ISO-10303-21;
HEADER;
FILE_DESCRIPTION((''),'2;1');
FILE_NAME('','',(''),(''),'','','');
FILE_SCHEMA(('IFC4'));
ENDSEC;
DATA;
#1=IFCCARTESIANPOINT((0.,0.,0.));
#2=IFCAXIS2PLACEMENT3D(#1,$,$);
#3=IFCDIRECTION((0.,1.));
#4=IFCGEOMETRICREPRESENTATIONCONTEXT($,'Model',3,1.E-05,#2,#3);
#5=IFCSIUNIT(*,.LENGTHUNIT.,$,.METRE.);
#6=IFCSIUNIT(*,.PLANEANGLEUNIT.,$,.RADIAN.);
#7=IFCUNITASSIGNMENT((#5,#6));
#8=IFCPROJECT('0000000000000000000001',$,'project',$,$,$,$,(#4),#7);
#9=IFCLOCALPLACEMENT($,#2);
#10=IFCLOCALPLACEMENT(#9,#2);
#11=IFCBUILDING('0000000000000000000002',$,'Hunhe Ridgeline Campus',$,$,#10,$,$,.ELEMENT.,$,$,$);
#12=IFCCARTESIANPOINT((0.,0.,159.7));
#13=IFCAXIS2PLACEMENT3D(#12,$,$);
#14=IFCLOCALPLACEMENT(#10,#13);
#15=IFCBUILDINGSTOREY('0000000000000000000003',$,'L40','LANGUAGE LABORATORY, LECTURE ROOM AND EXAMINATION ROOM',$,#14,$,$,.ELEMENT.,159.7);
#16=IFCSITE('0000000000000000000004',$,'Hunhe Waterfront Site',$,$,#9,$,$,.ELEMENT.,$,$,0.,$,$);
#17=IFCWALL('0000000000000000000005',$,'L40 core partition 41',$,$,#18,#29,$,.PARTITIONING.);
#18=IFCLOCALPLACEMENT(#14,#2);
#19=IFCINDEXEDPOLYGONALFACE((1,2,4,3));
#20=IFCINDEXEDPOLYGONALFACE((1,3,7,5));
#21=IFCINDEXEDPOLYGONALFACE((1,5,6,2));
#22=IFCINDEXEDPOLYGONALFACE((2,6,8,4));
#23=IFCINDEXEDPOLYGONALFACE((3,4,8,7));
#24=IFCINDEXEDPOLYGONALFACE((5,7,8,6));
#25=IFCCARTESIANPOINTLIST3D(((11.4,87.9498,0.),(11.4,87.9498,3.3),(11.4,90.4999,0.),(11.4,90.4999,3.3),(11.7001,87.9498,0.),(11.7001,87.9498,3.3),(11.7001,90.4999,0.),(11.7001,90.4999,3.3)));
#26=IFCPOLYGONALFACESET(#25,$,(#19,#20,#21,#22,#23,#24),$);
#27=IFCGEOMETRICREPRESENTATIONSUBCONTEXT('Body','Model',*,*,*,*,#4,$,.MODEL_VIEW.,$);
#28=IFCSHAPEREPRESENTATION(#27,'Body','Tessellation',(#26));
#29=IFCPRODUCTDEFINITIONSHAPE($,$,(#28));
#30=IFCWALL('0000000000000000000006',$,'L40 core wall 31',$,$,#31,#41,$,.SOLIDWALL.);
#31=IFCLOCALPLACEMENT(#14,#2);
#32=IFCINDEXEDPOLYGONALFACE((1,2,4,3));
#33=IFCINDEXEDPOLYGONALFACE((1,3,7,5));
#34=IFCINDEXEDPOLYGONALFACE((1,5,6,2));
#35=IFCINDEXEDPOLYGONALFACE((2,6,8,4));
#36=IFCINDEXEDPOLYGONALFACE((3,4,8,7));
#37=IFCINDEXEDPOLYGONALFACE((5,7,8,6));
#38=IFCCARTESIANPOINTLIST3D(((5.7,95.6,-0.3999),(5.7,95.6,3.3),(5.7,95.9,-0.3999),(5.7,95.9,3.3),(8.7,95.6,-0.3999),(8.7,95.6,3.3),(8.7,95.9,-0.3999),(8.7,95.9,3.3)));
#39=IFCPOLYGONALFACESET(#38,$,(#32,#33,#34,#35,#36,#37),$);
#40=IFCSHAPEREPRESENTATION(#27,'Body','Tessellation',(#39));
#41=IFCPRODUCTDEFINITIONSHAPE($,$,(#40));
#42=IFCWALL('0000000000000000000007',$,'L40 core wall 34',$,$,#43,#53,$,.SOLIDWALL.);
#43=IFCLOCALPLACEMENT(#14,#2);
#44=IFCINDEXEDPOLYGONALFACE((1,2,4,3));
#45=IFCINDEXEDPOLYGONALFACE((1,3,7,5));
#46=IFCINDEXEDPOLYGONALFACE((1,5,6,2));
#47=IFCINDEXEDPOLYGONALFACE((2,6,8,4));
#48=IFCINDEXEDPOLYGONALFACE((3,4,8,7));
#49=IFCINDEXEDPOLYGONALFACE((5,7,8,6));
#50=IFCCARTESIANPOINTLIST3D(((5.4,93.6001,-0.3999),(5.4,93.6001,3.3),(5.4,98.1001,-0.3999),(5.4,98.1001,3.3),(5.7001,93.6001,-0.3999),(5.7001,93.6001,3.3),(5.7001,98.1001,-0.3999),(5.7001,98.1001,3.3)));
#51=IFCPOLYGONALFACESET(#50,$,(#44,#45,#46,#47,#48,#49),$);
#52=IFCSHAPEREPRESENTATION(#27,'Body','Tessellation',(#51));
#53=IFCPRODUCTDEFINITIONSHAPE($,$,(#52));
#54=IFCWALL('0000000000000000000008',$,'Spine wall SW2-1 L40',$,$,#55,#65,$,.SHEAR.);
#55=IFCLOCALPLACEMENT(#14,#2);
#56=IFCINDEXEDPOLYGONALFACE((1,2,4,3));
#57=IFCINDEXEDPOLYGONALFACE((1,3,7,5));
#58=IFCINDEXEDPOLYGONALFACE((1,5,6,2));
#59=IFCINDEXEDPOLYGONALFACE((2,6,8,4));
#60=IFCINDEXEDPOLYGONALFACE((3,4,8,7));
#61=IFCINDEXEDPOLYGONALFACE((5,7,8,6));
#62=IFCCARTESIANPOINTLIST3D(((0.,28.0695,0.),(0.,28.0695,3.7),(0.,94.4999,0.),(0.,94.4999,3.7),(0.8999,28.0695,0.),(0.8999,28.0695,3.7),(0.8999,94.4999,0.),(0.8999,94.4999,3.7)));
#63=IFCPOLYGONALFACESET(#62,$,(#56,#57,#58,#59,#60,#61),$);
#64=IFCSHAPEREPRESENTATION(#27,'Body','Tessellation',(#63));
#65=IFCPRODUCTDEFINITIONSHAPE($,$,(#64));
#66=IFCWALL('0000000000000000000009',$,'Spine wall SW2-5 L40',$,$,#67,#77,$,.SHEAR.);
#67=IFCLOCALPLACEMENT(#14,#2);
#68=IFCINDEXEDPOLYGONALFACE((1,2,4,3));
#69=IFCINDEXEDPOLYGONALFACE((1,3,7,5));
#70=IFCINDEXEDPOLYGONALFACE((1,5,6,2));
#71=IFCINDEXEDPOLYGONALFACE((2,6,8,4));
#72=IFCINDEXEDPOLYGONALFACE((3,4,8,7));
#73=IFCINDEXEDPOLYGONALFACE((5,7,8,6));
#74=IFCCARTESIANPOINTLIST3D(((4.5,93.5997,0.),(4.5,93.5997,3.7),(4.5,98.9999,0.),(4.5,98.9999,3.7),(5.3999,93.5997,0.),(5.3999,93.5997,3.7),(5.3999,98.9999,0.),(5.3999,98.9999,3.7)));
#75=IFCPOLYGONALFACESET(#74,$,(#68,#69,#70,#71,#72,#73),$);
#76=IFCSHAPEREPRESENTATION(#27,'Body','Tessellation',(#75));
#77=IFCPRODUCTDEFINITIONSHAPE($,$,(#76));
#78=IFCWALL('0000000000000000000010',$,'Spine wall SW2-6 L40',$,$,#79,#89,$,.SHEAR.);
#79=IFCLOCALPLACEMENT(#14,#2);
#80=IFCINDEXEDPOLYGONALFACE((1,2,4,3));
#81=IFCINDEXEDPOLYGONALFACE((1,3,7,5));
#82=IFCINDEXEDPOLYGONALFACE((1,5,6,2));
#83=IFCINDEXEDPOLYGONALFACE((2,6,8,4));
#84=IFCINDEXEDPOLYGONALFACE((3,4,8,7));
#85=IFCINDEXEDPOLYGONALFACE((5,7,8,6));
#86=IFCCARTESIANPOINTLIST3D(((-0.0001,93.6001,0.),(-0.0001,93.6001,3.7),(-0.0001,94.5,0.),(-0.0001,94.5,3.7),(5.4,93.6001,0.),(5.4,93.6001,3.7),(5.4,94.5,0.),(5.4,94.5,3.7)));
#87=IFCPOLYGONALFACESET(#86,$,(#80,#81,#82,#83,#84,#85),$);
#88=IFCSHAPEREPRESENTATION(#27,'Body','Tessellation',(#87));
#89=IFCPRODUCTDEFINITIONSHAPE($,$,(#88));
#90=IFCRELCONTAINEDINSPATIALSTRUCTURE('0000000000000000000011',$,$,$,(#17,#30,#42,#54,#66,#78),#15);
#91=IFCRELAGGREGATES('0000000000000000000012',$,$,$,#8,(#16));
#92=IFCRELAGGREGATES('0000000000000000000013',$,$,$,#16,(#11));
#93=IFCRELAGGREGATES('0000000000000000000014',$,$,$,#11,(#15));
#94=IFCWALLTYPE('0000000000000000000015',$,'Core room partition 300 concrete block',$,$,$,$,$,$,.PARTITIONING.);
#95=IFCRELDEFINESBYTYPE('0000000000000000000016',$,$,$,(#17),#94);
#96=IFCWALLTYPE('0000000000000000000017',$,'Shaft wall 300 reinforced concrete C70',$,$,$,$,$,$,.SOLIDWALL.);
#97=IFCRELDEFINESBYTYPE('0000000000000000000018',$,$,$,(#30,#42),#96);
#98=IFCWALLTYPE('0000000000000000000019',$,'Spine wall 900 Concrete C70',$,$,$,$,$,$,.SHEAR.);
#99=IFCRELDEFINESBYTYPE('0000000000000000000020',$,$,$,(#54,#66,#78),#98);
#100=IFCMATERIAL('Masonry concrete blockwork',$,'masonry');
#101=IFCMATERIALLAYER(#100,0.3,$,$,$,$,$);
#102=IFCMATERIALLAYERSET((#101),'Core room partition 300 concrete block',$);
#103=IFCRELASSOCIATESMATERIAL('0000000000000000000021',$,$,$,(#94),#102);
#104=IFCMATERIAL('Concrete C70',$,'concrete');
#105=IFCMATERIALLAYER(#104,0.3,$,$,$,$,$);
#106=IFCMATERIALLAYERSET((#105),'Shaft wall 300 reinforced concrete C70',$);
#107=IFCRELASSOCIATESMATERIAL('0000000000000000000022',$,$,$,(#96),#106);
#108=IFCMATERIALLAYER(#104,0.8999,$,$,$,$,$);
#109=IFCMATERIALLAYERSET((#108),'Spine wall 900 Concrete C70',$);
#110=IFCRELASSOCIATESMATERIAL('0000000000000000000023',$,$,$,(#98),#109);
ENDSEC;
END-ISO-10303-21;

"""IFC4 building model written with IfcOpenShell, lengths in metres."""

from ifc_helpers import new_model, si_unit, direction, frame, frame_2d, origin, place, context, subcontext, project, spatial, rectangle, extrude, material, layer, layer_set, type_object, element, save


model = new_model("IFC4")

# Units and contexts
model_context = context("Model", 3, precision=1e-05, world=origin(), true_north=direction((0.0, 1.0)))
body_context = subcontext(model_context, "Body", "Model", "MODEL_VIEW")
ifc_project = project(units=[si_unit("LENGTHUNIT", "METRE"), si_unit("PLANEANGLEUNIT", "RADIAN")], contexts=[model_context])

# Site, building, storey
site_placement = place(None, origin())
site = spatial("IfcSite", under=ifc_project, at=site_placement, Name="Hunhe Waterfront Site", CompositionType="ELEMENT", RefElevation=0.0)
building_placement = place(site_placement, origin())
building = spatial("IfcBuilding", under=site, at=building_placement, Name="Hunhe Ridgeline Campus", CompositionType="ELEMENT")
storey_placement = place(building_placement, frame((0.0, 0.0, 159.7)))
storey = spatial("IfcBuildingStorey", under=building, at=storey_placement, Name="L40", Description="LANGUAGE LABORATORY, LECTURE ROOM AND EXAMINATION ROOM", CompositionType="ELEMENT", Elevation=159.7)

# Wall
ifc_material_1 = material(Name="Masonry concrete blockwork", Category="masonry")
ifc_layer_1 = layer(ifc_material_1, 0.3)
ifc_layer_set_1 = layer_set([ifc_layer_1], Name="Core room partition 300 concrete block")
wall_type_1 = type_object("IfcWallType", Name="Core room partition 300 concrete block", PredefinedType="PARTITIONING", material=ifc_layer_set_1)
wall_1_placement = place(storey_placement, frame((11.55, 87.95, 0.0), z_axis=(0.0, 0.0, 1.0), x_axis=(0.0, 1.0, 0.0)))
element("IfcWall", 1, at=wall_1_placement, inside=storey, type_object=wall_type_1, Name="L40 core partition 41", PredefinedType="PARTITIONING", context=body_context, shape_type="SweptSolid", body=[
    extrude(rectangle(XDim=2.55, YDim=0.3, at=frame_2d((1.2749, 0.0))), origin(), (0.0, 0.0, 1.0), 3.3),
])

# Shared definitions
ifc_material_2 = material(Name="Concrete C70", Category="concrete")
ifc_layer_2 = layer(ifc_material_2, 0.3)
ifc_layer_set_2 = layer_set([ifc_layer_2], Name="Shaft wall 300 reinforced concrete C70")
wall_type_2 = type_object("IfcWallType", Name="Shaft wall 300 reinforced concrete C70", PredefinedType="SOLIDWALL", material=ifc_layer_set_2)

# Walls
wall_2_placement = place(storey_placement, frame((5.7, 95.75, -0.3999), z_axis=(0.0, 0.0, 1.0), x_axis=(1.0, 0.0, 0.0)))
element("IfcWall", 2, at=wall_2_placement, inside=storey, type_object=wall_type_2, Name="L40 core wall 31", PredefinedType="SOLIDWALL", context=body_context, shape_type="SweptSolid", body=[
    extrude(rectangle(XDim=3.0, YDim=0.3, at=frame_2d((1.5, 0.0))), origin(), (0.0, 0.0, 1.0), 3.7),
])
wall_3_placement = place(storey_placement, frame((5.55, 93.6001, -0.3999), z_axis=(0.0, 0.0, 1.0), x_axis=(0.0, 1.0, 0.0)))
element("IfcWall", 3, at=wall_3_placement, inside=storey, type_object=wall_type_2, Name="L40 core wall 34", PredefinedType="SOLIDWALL", context=body_context, shape_type="SweptSolid", body=[
    extrude(rectangle(XDim=4.5, YDim=0.3, at=frame_2d((2.25, 0.0))), origin(), (0.0, 0.0, 1.0), 3.7),
])

# Walls
ifc_layer_3 = layer(ifc_material_2, 0.8999)
ifc_layer_set_3 = layer_set([ifc_layer_3], Name="Spine wall 900 Concrete C70")
wall_type_3 = type_object("IfcWallType", Name="Spine wall 900 Concrete C70", PredefinedType="SHEAR", material=ifc_layer_set_3)
wall_4_placement = place(storey_placement, frame((0.45, 94.5, 0.0), z_axis=(0.0, 0.0, 1.0), x_axis=(0.0, -1.0, 0.0)))
element("IfcWall", 4, at=wall_4_placement, inside=storey, type_object=wall_type_3, Name="Spine wall SW2-1 L40", PredefinedType="SHEAR", context=body_context, shape_type="SweptSolid", body=[
    extrude(rectangle(XDim=66.4304, YDim=0.8999, at=frame_2d((33.2153, 0.0))), origin(), (0.0, 0.0, 1.0), 3.7),
])
for number, where, z_axis, x_axis, name in (
    (5, (4.95, 99.0, 0.0), (0.0, 0.0, 1.0), (0.0, -1.0, 0.0), "Spine wall SW2-5 L40"),
    (6, (5.4001, 94.05, 0.0), (0.0, 0.0, 1.0), (-1.0, 0.0, 0.0), "Spine wall SW2-6 L40"),
):
    element("IfcWall", number, at=place(storey_placement, frame(where, z_axis=z_axis, x_axis=x_axis)), inside=storey, type_object=wall_type_3, Name=name, PredefinedType="SHEAR", context=body_context, shape_type="SweptSolid", body=[
        extrude(rectangle(XDim=5.4001, YDim=0.8999, at=frame_2d((2.7002, 0.0))), origin(), (0.0, 0.0, 1.0), 3.7),
    ])

save(model, "model.ifc")
